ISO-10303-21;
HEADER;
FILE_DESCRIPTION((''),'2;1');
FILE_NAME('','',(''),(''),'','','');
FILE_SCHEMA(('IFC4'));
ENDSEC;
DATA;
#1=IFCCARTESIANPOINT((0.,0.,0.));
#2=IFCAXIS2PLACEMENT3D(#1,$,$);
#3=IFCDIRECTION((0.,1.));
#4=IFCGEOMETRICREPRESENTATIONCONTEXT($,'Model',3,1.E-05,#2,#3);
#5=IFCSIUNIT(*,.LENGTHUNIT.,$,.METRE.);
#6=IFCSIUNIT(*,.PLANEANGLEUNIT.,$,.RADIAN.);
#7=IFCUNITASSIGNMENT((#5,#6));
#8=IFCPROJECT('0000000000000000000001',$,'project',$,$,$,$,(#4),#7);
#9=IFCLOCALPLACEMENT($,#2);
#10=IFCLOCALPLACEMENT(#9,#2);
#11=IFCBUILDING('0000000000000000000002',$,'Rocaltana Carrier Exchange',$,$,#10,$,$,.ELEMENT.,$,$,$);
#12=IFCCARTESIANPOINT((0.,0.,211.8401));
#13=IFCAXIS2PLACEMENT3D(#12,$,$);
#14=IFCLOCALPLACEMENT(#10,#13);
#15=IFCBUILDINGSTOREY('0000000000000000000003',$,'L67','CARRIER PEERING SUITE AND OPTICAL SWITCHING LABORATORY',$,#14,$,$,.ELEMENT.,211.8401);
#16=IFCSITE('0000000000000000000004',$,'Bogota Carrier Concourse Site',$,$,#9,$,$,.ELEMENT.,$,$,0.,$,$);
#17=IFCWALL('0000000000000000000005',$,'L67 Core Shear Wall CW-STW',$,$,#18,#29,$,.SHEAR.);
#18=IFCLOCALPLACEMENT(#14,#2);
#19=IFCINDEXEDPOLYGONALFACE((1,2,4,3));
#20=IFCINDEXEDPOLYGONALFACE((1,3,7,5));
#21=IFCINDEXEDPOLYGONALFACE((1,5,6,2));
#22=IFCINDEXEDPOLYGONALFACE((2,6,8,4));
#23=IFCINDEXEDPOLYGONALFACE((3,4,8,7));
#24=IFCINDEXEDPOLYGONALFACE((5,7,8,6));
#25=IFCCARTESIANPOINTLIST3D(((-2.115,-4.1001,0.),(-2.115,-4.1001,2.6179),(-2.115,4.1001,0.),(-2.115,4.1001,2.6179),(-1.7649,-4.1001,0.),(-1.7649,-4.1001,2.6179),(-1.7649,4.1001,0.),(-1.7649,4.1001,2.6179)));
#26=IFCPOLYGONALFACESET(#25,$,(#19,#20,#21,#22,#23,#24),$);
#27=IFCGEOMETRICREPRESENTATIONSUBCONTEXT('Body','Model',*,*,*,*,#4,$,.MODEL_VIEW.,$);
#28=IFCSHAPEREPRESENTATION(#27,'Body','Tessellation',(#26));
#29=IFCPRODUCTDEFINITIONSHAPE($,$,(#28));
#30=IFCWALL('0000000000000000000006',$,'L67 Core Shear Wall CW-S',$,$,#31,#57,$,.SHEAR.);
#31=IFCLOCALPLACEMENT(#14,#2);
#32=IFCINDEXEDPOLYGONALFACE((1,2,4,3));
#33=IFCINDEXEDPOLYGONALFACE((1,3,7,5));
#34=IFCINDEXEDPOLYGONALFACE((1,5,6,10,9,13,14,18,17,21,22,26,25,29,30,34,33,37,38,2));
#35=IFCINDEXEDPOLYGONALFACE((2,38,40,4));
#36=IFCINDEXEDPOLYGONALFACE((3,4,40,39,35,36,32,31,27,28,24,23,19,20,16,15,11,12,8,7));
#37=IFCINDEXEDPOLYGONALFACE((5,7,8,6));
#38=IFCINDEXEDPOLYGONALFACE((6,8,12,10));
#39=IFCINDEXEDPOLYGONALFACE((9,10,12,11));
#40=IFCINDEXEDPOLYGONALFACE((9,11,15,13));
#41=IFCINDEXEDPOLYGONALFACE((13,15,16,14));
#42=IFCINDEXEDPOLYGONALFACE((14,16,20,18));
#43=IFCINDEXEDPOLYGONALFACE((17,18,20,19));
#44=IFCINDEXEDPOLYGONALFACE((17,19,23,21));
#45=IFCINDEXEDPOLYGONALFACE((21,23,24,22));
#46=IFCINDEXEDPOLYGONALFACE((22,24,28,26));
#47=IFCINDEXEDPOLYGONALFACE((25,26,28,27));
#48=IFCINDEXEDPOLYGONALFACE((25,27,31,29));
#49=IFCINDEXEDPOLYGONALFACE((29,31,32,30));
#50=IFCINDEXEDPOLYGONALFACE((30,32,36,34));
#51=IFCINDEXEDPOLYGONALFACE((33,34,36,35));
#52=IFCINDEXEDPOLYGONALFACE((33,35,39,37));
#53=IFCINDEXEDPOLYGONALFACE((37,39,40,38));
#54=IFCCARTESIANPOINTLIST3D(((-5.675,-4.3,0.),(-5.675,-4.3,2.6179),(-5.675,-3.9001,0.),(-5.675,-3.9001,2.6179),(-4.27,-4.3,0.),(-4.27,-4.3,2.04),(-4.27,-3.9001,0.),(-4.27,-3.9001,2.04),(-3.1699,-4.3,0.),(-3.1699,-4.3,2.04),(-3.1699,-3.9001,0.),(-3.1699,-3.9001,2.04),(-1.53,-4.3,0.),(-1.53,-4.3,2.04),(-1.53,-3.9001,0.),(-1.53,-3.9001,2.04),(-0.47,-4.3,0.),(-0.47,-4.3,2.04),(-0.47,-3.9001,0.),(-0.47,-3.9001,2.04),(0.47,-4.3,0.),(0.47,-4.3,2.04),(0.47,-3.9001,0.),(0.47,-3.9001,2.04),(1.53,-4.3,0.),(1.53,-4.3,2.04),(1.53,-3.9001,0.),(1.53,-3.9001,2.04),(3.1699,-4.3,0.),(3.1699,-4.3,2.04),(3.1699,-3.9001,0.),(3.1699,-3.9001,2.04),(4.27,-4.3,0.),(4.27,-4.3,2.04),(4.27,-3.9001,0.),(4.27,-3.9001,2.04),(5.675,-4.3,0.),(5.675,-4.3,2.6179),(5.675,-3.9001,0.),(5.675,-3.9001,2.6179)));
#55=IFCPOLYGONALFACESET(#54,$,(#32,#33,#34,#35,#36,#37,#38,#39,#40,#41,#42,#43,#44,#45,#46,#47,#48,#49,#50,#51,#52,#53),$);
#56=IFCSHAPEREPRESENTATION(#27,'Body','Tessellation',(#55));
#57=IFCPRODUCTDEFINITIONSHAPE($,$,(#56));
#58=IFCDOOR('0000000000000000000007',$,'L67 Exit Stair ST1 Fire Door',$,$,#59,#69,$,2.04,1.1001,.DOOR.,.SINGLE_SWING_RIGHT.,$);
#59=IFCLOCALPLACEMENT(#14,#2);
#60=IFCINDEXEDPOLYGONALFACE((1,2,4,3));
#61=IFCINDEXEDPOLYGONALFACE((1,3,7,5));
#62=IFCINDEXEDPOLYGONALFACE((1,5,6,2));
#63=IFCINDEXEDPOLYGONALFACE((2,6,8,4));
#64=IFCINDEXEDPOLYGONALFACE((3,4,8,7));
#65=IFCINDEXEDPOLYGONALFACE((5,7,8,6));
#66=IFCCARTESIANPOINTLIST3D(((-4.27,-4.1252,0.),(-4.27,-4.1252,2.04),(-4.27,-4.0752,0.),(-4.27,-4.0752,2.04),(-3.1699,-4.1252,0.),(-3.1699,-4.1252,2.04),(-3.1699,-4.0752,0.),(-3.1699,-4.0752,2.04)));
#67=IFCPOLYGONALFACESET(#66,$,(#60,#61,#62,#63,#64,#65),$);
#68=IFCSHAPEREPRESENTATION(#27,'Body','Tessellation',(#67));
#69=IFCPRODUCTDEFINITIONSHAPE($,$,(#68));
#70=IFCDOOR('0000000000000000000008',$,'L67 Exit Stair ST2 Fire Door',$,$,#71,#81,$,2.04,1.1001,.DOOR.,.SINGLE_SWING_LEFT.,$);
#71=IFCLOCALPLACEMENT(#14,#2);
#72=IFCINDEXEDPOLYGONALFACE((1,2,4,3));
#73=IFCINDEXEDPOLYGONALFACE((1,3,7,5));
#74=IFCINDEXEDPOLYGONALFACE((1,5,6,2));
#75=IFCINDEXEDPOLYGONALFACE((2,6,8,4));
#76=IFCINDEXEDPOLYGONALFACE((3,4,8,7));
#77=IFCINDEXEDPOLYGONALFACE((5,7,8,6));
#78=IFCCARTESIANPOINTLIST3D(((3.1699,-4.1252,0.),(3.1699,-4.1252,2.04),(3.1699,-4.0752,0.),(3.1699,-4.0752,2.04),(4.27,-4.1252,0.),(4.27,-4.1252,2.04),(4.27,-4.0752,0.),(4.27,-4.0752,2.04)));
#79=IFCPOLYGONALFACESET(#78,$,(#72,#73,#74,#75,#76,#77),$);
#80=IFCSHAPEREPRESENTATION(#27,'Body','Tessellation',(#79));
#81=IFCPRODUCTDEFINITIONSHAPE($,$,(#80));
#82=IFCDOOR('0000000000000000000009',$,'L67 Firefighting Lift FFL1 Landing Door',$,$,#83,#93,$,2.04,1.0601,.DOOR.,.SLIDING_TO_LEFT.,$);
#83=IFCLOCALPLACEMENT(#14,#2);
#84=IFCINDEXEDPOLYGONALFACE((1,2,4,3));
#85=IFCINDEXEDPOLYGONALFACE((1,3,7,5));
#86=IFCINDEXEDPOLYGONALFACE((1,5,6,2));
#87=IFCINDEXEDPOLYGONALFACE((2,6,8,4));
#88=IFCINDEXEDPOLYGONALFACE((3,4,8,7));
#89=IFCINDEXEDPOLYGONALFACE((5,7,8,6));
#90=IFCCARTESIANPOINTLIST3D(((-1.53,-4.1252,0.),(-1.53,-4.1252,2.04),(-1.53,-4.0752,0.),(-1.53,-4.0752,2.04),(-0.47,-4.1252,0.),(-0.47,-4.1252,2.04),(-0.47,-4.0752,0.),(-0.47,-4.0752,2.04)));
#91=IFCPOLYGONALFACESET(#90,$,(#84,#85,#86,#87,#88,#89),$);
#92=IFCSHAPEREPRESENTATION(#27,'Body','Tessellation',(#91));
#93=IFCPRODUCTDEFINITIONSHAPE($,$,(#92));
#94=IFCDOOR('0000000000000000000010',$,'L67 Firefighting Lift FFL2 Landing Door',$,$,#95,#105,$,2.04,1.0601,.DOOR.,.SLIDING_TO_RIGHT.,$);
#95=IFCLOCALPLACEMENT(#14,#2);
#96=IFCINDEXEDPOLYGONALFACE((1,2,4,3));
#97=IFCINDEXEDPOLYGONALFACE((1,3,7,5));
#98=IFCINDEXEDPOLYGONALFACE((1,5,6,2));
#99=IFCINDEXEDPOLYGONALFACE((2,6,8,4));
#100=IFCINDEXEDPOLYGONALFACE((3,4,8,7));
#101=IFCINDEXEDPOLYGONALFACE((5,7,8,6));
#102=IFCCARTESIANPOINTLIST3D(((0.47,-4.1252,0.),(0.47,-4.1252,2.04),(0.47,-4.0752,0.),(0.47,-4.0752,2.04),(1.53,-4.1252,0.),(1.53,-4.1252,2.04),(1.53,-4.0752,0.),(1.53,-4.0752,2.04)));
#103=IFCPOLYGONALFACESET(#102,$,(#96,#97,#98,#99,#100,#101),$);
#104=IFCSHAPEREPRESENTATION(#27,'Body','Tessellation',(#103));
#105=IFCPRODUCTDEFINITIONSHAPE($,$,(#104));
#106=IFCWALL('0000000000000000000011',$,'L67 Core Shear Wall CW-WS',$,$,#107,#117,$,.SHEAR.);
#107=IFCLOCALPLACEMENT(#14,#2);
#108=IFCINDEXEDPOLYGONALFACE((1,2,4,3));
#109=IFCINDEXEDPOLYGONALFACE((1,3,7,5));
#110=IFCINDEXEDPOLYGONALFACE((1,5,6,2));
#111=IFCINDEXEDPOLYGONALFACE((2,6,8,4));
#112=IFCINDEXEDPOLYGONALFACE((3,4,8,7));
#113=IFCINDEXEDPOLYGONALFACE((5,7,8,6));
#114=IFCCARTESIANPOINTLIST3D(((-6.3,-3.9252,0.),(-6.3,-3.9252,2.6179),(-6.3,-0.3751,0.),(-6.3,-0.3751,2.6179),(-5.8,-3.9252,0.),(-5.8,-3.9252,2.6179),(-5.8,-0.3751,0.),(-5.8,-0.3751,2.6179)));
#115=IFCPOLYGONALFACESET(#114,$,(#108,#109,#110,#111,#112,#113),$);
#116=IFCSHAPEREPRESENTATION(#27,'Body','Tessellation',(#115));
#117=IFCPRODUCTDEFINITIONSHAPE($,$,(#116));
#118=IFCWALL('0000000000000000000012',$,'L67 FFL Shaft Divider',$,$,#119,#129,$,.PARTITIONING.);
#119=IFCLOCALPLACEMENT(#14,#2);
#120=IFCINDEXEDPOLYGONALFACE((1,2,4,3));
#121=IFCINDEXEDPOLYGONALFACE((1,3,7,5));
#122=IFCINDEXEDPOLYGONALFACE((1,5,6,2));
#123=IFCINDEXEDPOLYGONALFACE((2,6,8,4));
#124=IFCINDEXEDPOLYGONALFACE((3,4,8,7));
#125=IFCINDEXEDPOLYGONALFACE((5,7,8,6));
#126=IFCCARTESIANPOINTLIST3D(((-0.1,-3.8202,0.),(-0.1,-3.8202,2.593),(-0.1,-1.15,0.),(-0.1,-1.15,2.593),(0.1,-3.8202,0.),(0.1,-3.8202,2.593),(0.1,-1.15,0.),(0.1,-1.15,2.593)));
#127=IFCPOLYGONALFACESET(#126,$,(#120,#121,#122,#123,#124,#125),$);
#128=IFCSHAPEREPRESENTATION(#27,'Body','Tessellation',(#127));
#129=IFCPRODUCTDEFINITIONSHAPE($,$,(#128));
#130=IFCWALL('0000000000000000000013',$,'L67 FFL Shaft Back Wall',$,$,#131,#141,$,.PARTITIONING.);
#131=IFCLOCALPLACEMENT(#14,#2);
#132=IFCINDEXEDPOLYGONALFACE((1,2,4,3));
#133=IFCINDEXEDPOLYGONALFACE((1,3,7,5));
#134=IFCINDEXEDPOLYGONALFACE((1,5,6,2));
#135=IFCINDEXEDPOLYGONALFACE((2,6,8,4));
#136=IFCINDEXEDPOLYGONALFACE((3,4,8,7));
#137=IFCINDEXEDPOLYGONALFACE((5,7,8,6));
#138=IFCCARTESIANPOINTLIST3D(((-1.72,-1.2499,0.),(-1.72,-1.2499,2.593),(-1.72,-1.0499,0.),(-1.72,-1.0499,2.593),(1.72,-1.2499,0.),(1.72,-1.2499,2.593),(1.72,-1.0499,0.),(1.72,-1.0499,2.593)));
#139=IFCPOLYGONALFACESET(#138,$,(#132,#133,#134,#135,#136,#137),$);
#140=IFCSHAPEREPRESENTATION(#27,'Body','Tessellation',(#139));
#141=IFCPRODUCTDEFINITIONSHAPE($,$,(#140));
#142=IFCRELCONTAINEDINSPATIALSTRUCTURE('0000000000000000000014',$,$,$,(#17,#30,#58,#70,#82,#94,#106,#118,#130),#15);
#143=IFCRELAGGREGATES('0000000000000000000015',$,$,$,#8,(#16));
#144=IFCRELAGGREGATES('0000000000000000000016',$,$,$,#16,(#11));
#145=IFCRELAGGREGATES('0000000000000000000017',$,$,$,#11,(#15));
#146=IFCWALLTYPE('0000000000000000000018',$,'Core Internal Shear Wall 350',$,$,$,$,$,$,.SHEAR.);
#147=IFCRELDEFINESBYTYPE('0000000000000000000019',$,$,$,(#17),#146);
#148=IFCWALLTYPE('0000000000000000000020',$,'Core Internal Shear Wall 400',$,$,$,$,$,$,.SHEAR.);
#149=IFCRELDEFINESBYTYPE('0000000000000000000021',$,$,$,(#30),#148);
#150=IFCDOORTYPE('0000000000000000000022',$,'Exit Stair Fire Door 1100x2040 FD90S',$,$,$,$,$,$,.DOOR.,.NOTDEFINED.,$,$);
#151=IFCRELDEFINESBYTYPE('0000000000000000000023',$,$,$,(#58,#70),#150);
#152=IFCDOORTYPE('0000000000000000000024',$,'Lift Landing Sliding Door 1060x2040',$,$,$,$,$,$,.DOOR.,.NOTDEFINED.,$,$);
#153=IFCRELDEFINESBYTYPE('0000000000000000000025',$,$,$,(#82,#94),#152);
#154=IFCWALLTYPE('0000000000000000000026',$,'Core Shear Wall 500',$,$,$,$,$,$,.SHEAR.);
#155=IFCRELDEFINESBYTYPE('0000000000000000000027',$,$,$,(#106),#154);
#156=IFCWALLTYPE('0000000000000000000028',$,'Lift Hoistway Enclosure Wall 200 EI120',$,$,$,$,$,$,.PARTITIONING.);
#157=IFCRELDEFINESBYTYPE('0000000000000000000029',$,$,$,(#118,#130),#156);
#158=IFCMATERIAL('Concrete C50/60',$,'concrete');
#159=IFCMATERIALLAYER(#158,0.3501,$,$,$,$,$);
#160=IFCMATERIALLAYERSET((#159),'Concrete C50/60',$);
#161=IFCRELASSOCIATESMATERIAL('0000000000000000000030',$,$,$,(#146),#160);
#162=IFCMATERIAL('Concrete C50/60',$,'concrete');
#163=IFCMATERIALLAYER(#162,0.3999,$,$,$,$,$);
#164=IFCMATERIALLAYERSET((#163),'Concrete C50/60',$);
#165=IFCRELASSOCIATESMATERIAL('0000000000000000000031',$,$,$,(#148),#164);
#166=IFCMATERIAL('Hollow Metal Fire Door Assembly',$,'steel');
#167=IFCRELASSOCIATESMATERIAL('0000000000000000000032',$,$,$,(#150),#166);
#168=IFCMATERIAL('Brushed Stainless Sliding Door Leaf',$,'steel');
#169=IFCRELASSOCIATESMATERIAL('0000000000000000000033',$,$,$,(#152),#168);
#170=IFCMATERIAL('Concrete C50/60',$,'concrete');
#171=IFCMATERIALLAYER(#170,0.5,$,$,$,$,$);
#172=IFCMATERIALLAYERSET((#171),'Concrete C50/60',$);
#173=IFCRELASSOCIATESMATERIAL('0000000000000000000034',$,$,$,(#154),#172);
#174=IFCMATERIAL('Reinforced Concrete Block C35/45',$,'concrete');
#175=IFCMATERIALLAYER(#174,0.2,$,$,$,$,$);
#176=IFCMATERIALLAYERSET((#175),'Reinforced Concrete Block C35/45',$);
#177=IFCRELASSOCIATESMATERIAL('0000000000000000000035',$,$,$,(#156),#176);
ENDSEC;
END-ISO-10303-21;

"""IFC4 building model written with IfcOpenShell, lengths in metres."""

from ifc_helpers import new_model, si_unit, direction, frame, frame_2d, origin, place, context, subcontext, project, spatial, rectangle, extrude, material, layer, layer_set, type_object, element, fill, save


model = new_model("IFC4")

# Units and contexts
model_context = context("Model", 3, precision=1e-05, world=origin(), true_north=direction((0.0, 1.0)))
body_context = subcontext(model_context, "Body", "Model", "MODEL_VIEW")
ifc_project = project(units=[si_unit("LENGTHUNIT", "METRE"), si_unit("PLANEANGLEUNIT", "RADIAN")], contexts=[model_context])

# Site, building, storey
site_placement = place(None, origin())
site = spatial("IfcSite", under=ifc_project, at=site_placement, Name="Bogota Carrier Concourse Site", CompositionType="ELEMENT", RefElevation=0.0)
building_placement = place(site_placement, origin())
building = spatial("IfcBuilding", under=site, at=building_placement, Name="Rocaltana Carrier Exchange", CompositionType="ELEMENT")
storey_placement = place(building_placement, frame((0.0, 0.0, 211.8401)))
storey = spatial("IfcBuildingStorey", under=building, at=storey_placement, Name="L67", Description="CARRIER PEERING SUITE AND OPTICAL SWITCHING LABORATORY", CompositionType="ELEMENT", Elevation=211.8401)

# Wall
ifc_material_1 = material(Name="Concrete C50/60", Category="concrete")
ifc_layer_1 = layer(ifc_material_1, 0.3501)
ifc_layer_set_1 = layer_set([ifc_layer_1], Name="Concrete C50/60")
wall_type_1 = type_object("IfcWallType", Name="Core Internal Shear Wall 350", PredefinedType="SHEAR", material=ifc_layer_set_1)
wall_1_placement = place(storey_placement, frame((-1.9399, -4.1001, 0.0), z_axis=(0.0, 0.0, 1.0), x_axis=(0.0, 1.0, 0.0)))
element("IfcWall", 1, at=wall_1_placement, inside=storey, type_object=wall_type_1, Name="L67 Core Shear Wall CW-STW", PredefinedType="SHEAR", context=body_context, shape_type="SweptSolid", body=[
    extrude(rectangle(XDim=8.2002, YDim=0.3501, at=frame_2d((4.1001, 0.0))), origin(), (0.0, 0.0, 1.0), 2.6179),
])

# Wall, openings, doors
ifc_material_2 = material(Name="Concrete C50/60", Category="concrete")
ifc_layer_2 = layer(ifc_material_2, 0.3999)
ifc_layer_set_2 = layer_set([ifc_layer_2], Name="Concrete C50/60")
wall_type_2 = type_object("IfcWallType", Name="Core Internal Shear Wall 400", PredefinedType="SHEAR", material=ifc_layer_set_2)
wall_2_placement = place(storey_placement, frame((-5.675, -4.1001, 0.0), z_axis=(0.0, 0.0, 1.0), x_axis=(1.0, 0.0, 0.0)))
wall_2 = element("IfcWall", 2, at=wall_2_placement, inside=storey, type_object=wall_type_2, Name="L67 Core Shear Wall CW-S", PredefinedType="SHEAR", context=body_context, shape_type="SweptSolid", body=[
    extrude(rectangle(XDim=11.3501, YDim=0.3999, at=frame_2d((5.675, 0.0))), origin(), (0.0, 0.0, 1.0), 2.6179),
])
opening_1_placement = place(wall_2_placement, frame((1.405, 0.0, 0.0)))
opening_1 = element("IfcOpeningElement", 3, at=opening_1_placement, cuts=wall_2, PredefinedType="OPENING", context=body_context, shape_type="SweptSolid", body=[
    extrude(rectangle(XDim=1.1001, YDim=2.04, at=frame_2d((0.55, 1.02))), frame((0.0, 0.21, 0.0), z_axis=(0.0, -1.0, 0.0), x_axis=(1.0, 0.0, 0.0)), (0.0, 0.0, 1.0), 0.4199),
])
opening_2_placement = place(wall_2_placement, frame((8.845, 0.0, 0.0)))
opening_2 = element("IfcOpeningElement", 4, at=opening_2_placement, cuts=wall_2, PredefinedType="OPENING", context=body_context, shape_type="SweptSolid", body=[
    extrude(rectangle(XDim=1.1001, YDim=2.04, at=frame_2d((0.55, 1.02))), frame((0.0, 0.21, 0.0), z_axis=(0.0, -1.0, 0.0), x_axis=(1.0, 0.0, 0.0)), (0.0, 0.0, 1.0), 0.4199),
])
opening_3_placement = place(wall_2_placement, frame((4.145, 0.0, 0.0)))
opening_3 = element("IfcOpeningElement", 5, at=opening_3_placement, cuts=wall_2, PredefinedType="OPENING", context=body_context, shape_type="SweptSolid", body=[
    extrude(rectangle(XDim=1.0601, YDim=2.04, at=frame_2d((0.53, 1.02))), frame((0.0, 0.21, 0.0), z_axis=(0.0, -1.0, 0.0), x_axis=(1.0, 0.0, 0.0)), (0.0, 0.0, 1.0), 0.4199),
])
opening_4_placement = place(wall_2_placement, frame((6.145, 0.0, 0.0)))
opening_4 = element("IfcOpeningElement", 6, at=opening_4_placement, cuts=wall_2, PredefinedType="OPENING", context=body_context, shape_type="SweptSolid", body=[
    extrude(rectangle(XDim=1.0601, YDim=2.04, at=frame_2d((0.53, 1.02))), frame((0.0, 0.21, 0.0), z_axis=(0.0, -1.0, 0.0), x_axis=(1.0, 0.0, 0.0)), (0.0, 0.0, 1.0), 0.4199),
])
ifc_material_3 = material(Name="Hollow Metal Fire Door Assembly", Category="steel")
door_type_1 = type_object("IfcDoorType", Name="Exit Stair Fire Door 1100x2040 FD90S", OperationType="NOTDEFINED", PredefinedType="DOOR", material=ifc_material_3)
door_1_placement = place(opening_1_placement, origin())
door_1 = element("IfcDoor", 7, at=door_1_placement, inside=storey, type_object=door_type_1, Name="L67 Exit Stair ST1 Fire Door", OperationType="SINGLE_SWING_RIGHT", OverallHeight=2.04, OverallWidth=1.1001, PredefinedType="DOOR", context=body_context, shape_type="SweptSolid", body=[
    extrude(rectangle(XDim=1.1001, YDim=2.04, at=frame_2d((0.55, 1.02))), frame((0.0, 0.0249, 0.0), z_axis=(0.0, -1.0, 0.0), x_axis=(1.0, 0.0, 0.0)), (0.0, 0.0, 1.0), 0.05),
])
fill(opening_1, door_1)
door_2_placement = place(opening_2_placement, origin())
door_2 = element("IfcDoor", 8, at=door_2_placement, inside=storey, type_object=door_type_1, Name="L67 Exit Stair ST2 Fire Door", OperationType="SINGLE_SWING_LEFT", OverallHeight=2.04, OverallWidth=1.1001, PredefinedType="DOOR", context=body_context, shape_type="SweptSolid", body=[
    extrude(rectangle(XDim=1.1001, YDim=2.04, at=frame_2d((0.55, 1.02))), frame((0.0, 0.0249, 0.0), z_axis=(0.0, -1.0, 0.0), x_axis=(1.0, 0.0, 0.0)), (0.0, 0.0, 1.0), 0.05),
])
fill(opening_2, door_2)
ifc_material_4 = material(Name="Brushed Stainless Sliding Door Leaf", Category="steel")
door_type_2 = type_object("IfcDoorType", Name="Lift Landing Sliding Door 1060x2040", OperationType="NOTDEFINED", PredefinedType="DOOR", material=ifc_material_4)
door_3_placement = place(opening_3_placement, origin())
door_3 = element("IfcDoor", 9, at=door_3_placement, inside=storey, type_object=door_type_2, Name="L67 Firefighting Lift FFL1 Landing Door", OperationType="SLIDING_TO_LEFT", OverallHeight=2.04, OverallWidth=1.0601, PredefinedType="DOOR", context=body_context, shape_type="SweptSolid", body=[
    extrude(rectangle(XDim=1.0601, YDim=2.04, at=frame_2d((0.53, 1.02))), frame((0.0, 0.0249, 0.0), z_axis=(0.0, -1.0, 0.0), x_axis=(1.0, 0.0, 0.0)), (0.0, 0.0, 1.0), 0.05),
])
fill(opening_3, door_3)
door_4_placement = place(opening_4_placement, origin())
door_4 = element("IfcDoor", 10, at=door_4_placement, inside=storey, type_object=door_type_2, Name="L67 Firefighting Lift FFL2 Landing Door", OperationType="SLIDING_TO_RIGHT", OverallHeight=2.04, OverallWidth=1.0601, PredefinedType="DOOR", context=body_context, shape_type="SweptSolid", body=[
    extrude(rectangle(XDim=1.0601, YDim=2.04, at=frame_2d((0.53, 1.02))), frame((0.0, 0.0249, 0.0), z_axis=(0.0, -1.0, 0.0), x_axis=(1.0, 0.0, 0.0)), (0.0, 0.0, 1.0), 0.05),
])
fill(opening_4, door_4)

# Walls
ifc_material_5 = material(Name="Concrete C50/60", Category="concrete")
ifc_layer_3 = layer(ifc_material_5, 0.5)
ifc_layer_set_3 = layer_set([ifc_layer_3], Name="Concrete C50/60")
wall_type_3 = type_object("IfcWallType", Name="Core Shear Wall 500", PredefinedType="SHEAR", material=ifc_layer_set_3)
wall_3_placement = place(storey_placement, frame((-6.05, -3.925, 0.0), z_axis=(0.0, 0.0, 1.0), x_axis=(0.0, 1.0, 0.0)))
element("IfcWall", 11, at=wall_3_placement, inside=storey, type_object=wall_type_3, Name="L67 Core Shear Wall CW-WS", PredefinedType="SHEAR", context=body_context, shape_type="SweptSolid", body=[
    extrude(rectangle(XDim=3.55, YDim=0.5, at=frame_2d((1.7749, 0.0))), origin(), (0.0, 0.0, 1.0), 2.6179),
])
ifc_material_6 = material(Name="Reinforced Concrete Block C35/45", Category="concrete")
ifc_layer_4 = layer(ifc_material_6, 0.2)
ifc_layer_set_4 = layer_set([ifc_layer_4], Name="Reinforced Concrete Block C35/45")
wall_type_4 = type_object("IfcWallType", Name="Lift Hoistway Enclosure Wall 200 EI120", PredefinedType="PARTITIONING", material=ifc_layer_set_4)
wall_4_placement = place(storey_placement, frame((0.0, -3.8201, 0.0), z_axis=(0.0, 0.0, 1.0), x_axis=(0.0, 1.0, 0.0)))
element("IfcWall", 12, at=wall_4_placement, inside=storey, type_object=wall_type_4, Name="L67 FFL Shaft Divider", PredefinedType="PARTITIONING", context=body_context, shape_type="SweptSolid", body=[
    extrude(rectangle(XDim=2.6702, YDim=0.2, at=frame_2d((1.335, 0.0))), origin(), (0.0, 0.0, 1.0), 2.593),
])
wall_5_placement = place(storey_placement, frame((-1.72, -1.1499, 0.0), z_axis=(0.0, 0.0, 1.0), x_axis=(1.0, 0.0, 0.0)))
element("IfcWall", 13, at=wall_5_placement, inside=storey, type_object=wall_type_4, Name="L67 FFL Shaft Back Wall", PredefinedType="PARTITIONING", context=body_context, shape_type="SweptSolid", body=[
    extrude(rectangle(XDim=3.4399, YDim=0.2, at=frame_2d((1.72, 0.0))), origin(), (0.0, 0.0, 1.0), 2.593),
])

save(model, "model.ifc")
